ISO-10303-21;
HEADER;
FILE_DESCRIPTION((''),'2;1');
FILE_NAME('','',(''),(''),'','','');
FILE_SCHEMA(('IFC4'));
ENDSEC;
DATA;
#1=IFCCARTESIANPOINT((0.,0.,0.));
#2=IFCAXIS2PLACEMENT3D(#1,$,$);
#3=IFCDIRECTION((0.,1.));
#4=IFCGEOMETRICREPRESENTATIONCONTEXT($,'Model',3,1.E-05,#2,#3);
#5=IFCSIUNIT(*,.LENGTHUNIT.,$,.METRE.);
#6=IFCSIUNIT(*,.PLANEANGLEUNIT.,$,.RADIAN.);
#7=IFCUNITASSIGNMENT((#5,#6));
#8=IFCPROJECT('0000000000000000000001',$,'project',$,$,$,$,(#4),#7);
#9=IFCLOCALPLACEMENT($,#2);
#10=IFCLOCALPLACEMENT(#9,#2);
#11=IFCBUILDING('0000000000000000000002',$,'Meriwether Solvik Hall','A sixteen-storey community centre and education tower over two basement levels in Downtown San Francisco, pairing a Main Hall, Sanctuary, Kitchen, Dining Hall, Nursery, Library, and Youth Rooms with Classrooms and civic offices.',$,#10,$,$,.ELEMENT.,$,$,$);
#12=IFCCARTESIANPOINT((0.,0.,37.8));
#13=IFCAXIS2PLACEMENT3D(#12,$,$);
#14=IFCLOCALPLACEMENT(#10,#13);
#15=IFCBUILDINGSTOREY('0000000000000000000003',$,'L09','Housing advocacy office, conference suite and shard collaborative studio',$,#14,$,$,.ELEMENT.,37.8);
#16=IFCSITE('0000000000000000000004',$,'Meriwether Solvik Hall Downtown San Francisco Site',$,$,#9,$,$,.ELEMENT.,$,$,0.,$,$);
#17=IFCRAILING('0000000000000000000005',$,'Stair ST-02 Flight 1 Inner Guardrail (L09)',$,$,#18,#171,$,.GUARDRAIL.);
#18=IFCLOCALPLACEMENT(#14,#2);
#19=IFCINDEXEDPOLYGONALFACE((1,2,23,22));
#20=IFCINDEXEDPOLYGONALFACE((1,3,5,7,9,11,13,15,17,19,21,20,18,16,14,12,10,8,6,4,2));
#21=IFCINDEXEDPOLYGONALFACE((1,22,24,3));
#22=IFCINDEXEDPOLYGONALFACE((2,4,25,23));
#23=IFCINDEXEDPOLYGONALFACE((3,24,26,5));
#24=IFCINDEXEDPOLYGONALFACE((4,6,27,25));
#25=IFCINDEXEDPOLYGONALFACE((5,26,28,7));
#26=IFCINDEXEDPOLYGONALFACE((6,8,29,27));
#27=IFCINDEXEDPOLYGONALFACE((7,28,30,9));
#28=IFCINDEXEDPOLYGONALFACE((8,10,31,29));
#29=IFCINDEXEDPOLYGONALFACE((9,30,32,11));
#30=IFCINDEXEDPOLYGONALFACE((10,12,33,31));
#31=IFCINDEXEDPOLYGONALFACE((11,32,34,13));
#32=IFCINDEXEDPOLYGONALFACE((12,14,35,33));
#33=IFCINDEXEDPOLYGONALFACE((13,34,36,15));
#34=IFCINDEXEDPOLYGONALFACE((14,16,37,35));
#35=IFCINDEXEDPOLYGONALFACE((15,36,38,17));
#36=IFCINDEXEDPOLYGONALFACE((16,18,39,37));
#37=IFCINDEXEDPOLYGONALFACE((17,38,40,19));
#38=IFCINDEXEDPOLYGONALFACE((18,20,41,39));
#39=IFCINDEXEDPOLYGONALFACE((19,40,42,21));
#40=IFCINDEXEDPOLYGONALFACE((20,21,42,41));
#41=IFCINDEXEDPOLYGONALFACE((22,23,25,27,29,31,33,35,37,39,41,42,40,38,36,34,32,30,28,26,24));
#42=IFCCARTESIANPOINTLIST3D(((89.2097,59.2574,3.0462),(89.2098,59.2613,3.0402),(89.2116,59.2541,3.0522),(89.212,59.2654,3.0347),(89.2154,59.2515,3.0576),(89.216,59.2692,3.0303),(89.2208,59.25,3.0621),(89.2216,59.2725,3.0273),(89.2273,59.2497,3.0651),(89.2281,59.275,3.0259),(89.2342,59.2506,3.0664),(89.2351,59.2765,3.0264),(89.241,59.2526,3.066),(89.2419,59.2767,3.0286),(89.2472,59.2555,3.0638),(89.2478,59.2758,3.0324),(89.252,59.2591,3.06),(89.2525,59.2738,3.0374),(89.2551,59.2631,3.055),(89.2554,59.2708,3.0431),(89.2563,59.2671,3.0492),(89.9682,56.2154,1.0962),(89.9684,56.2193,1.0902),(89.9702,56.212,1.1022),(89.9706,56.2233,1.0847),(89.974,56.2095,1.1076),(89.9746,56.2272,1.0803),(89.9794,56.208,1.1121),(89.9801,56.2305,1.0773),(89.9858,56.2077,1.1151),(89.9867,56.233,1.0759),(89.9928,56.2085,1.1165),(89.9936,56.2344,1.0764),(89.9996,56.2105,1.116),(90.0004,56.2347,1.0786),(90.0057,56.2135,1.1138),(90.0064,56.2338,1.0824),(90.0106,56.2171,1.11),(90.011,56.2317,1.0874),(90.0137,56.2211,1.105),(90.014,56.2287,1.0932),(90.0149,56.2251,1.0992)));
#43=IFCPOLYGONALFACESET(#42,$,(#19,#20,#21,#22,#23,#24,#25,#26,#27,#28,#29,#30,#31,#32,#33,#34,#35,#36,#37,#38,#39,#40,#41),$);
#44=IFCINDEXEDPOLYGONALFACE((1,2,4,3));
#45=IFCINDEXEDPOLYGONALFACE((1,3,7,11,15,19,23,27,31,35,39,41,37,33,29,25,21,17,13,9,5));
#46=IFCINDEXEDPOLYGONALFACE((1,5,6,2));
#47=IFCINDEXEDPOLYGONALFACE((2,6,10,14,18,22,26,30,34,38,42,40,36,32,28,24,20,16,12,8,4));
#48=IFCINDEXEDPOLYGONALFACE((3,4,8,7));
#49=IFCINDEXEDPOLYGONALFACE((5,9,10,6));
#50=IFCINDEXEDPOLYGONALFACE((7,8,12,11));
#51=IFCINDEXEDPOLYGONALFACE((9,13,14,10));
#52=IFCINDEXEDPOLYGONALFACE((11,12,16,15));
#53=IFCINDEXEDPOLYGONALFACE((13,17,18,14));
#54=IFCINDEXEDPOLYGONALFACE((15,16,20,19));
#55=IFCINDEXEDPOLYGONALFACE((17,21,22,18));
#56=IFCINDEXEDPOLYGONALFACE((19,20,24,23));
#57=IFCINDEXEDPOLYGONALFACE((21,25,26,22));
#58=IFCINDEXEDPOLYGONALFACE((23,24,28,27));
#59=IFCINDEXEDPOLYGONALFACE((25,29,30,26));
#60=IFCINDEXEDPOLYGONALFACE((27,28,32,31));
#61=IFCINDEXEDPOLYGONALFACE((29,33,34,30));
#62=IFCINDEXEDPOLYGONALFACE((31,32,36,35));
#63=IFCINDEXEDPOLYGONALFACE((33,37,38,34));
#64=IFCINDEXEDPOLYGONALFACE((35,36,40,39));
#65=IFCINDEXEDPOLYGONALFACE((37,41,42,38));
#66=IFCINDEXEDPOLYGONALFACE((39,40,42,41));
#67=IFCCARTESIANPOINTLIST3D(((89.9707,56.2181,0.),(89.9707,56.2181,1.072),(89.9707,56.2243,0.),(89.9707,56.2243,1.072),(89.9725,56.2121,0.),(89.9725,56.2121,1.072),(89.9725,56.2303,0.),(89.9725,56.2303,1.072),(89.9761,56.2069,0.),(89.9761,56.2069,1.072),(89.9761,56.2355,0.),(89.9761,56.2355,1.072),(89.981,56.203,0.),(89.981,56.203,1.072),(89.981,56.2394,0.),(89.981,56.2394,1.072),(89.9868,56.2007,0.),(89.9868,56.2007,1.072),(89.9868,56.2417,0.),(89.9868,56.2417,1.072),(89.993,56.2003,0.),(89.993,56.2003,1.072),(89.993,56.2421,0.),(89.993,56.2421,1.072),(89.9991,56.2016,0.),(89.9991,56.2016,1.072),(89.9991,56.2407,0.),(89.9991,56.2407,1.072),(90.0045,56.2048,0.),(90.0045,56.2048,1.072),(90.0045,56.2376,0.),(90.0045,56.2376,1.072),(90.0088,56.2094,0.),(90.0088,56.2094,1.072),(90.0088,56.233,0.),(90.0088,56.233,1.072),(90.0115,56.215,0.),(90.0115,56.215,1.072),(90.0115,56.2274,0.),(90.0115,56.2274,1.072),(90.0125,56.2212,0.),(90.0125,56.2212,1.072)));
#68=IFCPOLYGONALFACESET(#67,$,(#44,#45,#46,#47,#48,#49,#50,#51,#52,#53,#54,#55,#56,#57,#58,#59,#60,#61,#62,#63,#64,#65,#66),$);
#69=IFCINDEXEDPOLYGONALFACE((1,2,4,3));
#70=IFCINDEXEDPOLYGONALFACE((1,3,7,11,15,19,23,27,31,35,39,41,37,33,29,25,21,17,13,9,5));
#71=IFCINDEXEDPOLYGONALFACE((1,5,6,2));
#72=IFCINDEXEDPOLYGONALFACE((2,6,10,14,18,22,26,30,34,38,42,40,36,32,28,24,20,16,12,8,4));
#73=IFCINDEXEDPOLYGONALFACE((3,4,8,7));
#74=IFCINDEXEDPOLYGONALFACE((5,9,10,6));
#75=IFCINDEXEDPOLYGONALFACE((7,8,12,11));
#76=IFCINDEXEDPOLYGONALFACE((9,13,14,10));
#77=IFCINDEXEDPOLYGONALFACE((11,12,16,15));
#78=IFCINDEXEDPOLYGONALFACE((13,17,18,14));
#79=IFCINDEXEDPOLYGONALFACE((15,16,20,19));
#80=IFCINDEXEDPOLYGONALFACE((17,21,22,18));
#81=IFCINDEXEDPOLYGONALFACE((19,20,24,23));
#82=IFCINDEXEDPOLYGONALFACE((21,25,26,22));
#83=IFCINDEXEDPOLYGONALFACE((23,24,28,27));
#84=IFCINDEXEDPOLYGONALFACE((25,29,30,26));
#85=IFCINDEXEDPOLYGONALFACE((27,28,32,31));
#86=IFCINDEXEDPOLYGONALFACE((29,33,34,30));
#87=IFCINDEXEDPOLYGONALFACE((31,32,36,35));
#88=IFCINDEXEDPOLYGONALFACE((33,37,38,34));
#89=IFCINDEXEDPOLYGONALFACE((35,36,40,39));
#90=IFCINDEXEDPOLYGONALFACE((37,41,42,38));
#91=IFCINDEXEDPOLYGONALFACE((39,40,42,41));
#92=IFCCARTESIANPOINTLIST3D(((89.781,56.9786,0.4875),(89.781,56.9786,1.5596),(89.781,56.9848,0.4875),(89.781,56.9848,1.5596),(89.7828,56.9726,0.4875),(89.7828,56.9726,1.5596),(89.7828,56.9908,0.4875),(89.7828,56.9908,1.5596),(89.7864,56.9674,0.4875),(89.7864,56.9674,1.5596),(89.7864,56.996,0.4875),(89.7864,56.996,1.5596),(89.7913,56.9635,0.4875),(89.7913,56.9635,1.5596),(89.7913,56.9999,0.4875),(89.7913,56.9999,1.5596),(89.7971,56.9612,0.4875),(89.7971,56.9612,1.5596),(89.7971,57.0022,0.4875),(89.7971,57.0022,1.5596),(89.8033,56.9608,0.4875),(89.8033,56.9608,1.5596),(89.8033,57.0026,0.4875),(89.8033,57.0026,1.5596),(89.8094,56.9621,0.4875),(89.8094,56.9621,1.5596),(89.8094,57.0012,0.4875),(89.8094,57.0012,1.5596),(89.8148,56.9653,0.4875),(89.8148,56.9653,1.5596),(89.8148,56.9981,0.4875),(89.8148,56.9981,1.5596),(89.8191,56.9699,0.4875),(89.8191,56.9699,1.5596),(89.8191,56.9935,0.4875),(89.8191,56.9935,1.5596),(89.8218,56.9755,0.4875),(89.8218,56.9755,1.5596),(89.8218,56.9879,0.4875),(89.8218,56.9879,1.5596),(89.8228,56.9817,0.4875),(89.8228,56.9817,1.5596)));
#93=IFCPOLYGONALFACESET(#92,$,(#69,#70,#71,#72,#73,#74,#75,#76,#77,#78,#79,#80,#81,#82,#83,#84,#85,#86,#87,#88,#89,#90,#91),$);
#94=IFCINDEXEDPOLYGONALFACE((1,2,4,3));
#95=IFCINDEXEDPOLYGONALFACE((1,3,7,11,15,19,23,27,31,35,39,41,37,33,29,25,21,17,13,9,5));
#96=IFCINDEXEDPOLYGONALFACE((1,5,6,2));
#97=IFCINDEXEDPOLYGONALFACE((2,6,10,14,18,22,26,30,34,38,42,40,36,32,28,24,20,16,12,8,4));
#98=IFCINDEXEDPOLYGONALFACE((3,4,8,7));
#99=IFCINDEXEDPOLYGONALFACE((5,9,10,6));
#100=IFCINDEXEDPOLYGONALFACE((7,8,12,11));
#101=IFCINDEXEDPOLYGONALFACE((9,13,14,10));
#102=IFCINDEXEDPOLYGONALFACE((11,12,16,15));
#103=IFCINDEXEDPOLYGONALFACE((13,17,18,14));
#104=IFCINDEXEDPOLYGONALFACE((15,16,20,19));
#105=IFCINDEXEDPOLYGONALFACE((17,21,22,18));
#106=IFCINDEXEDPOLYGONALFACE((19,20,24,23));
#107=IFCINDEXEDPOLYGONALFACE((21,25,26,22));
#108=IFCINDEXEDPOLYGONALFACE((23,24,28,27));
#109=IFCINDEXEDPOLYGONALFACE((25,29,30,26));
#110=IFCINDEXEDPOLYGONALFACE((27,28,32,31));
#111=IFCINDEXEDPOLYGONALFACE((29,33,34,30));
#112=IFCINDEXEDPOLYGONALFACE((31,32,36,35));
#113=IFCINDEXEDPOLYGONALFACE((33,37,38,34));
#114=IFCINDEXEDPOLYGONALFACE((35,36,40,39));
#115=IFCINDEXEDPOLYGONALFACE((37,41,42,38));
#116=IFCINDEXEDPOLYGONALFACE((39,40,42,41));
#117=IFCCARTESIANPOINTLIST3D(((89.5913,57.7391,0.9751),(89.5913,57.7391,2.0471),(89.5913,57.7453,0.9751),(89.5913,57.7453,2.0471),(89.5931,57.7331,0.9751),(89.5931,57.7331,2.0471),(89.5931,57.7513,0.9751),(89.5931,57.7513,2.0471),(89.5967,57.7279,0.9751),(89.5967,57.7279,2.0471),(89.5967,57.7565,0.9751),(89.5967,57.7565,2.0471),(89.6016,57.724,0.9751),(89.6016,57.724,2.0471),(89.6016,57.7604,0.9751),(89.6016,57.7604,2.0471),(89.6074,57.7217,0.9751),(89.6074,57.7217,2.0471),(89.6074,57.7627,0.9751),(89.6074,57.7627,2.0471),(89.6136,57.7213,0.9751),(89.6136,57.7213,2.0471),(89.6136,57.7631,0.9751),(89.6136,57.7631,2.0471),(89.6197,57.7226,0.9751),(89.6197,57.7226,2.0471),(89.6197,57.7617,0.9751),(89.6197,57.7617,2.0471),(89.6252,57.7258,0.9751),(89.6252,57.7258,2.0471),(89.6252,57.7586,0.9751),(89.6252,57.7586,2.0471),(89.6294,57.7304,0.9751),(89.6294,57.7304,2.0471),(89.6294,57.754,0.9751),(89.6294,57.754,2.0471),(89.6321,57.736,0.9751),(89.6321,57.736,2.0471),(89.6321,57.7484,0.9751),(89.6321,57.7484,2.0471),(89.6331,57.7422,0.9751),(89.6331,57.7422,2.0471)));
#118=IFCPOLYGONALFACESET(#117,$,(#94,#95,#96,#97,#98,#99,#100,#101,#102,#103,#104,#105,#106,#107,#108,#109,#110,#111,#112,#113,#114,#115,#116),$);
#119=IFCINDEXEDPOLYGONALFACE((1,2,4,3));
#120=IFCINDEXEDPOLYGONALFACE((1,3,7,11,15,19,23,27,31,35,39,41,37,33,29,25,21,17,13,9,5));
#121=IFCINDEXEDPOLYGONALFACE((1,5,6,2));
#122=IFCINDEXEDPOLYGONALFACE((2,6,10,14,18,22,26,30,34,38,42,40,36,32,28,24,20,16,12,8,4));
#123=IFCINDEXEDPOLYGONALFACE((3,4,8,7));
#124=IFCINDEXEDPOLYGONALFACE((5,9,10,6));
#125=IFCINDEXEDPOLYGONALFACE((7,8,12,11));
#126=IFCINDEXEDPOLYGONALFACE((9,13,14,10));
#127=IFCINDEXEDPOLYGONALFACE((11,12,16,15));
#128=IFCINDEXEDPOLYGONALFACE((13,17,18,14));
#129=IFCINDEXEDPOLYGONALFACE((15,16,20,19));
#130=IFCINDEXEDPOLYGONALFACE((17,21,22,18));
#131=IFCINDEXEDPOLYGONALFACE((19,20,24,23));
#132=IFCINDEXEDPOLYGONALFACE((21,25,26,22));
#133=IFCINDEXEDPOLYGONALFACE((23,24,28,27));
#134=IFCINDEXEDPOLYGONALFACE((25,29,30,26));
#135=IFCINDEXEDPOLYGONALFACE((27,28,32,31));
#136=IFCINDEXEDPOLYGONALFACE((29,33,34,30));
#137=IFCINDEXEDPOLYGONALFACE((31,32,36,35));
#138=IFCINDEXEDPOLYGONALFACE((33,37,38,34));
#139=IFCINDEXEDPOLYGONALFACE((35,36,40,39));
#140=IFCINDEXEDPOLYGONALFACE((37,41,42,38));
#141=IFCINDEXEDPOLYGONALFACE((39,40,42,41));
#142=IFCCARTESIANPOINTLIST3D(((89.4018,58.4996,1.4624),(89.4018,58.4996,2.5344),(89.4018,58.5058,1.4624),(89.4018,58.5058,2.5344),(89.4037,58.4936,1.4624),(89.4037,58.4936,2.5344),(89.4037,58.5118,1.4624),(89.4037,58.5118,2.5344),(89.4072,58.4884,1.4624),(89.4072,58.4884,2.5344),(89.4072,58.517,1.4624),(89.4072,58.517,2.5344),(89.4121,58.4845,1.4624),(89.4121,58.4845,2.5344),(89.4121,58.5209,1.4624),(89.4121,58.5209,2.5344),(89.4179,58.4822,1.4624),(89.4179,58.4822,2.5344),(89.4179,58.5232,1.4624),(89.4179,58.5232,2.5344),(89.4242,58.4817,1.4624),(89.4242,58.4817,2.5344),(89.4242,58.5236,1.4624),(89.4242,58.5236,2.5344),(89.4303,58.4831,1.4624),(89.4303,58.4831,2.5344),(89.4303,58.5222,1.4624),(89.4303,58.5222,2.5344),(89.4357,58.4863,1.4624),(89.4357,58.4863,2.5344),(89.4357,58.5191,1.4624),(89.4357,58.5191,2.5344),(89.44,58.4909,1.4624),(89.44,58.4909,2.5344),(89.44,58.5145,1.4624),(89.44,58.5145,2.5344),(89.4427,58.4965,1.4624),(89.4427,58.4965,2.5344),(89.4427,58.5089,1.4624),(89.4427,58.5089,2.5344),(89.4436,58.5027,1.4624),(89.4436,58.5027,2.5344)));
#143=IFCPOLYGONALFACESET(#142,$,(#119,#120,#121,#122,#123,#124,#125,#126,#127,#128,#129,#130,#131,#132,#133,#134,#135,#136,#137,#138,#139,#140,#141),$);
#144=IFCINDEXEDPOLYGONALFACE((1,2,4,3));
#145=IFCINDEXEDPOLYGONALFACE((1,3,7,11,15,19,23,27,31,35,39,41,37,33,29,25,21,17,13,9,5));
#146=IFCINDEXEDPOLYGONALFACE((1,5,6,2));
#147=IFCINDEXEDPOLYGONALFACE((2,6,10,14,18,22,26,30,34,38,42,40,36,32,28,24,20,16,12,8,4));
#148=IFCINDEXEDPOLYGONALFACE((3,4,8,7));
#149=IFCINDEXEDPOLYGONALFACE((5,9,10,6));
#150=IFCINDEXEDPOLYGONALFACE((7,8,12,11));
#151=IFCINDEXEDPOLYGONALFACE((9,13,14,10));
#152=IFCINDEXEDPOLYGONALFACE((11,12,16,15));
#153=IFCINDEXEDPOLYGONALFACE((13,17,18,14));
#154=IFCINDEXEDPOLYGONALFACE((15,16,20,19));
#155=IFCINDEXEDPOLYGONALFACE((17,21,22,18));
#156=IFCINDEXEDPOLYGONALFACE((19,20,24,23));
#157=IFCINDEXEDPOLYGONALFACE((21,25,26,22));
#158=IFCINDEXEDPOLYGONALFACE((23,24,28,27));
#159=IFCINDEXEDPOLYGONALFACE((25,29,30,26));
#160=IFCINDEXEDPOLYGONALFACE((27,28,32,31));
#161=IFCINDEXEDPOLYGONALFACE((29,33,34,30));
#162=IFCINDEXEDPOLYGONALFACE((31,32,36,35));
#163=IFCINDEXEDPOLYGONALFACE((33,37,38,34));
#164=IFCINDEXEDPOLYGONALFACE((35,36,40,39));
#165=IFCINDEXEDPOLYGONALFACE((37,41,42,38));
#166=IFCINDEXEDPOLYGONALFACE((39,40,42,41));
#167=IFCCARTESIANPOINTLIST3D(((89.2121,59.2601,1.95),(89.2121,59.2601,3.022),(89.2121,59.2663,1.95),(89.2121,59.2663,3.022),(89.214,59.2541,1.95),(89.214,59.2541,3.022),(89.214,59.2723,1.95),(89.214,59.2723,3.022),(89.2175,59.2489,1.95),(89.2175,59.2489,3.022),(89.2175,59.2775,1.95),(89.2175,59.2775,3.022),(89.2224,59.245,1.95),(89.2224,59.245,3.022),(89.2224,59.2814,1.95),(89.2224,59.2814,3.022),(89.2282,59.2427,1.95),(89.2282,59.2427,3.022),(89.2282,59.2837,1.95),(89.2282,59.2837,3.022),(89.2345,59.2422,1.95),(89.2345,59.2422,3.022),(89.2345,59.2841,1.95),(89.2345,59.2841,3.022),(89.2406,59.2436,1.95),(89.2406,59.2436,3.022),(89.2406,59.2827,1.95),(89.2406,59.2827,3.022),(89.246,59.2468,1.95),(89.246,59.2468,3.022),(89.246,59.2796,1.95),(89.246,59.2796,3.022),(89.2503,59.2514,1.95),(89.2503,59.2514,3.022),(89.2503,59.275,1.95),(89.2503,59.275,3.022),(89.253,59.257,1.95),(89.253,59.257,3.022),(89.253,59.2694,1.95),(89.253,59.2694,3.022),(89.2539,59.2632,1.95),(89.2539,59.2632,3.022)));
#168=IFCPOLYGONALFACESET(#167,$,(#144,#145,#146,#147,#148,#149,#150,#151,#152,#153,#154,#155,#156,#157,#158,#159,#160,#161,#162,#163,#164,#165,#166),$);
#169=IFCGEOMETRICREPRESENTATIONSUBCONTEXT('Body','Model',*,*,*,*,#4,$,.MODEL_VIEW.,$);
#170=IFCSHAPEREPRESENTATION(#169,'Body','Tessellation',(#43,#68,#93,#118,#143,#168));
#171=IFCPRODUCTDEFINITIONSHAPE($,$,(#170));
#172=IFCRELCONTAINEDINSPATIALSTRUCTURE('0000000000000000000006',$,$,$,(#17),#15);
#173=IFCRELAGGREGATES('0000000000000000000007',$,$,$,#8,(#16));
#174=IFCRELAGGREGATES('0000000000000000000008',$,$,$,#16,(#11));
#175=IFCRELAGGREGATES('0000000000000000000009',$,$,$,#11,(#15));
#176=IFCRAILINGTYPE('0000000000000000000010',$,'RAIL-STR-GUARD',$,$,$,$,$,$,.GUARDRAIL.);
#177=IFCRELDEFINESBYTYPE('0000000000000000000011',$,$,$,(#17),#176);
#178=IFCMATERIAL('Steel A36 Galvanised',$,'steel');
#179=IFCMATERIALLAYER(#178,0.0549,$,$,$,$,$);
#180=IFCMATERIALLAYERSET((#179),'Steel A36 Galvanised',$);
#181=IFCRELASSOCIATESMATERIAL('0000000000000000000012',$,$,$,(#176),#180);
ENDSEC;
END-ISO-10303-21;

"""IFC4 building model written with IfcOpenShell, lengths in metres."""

from ifc_helpers import new_model, si_unit, direction, frame, origin, origin_2d, place, context, subcontext, project, spatial, circle, extrude, material, layer, layer_set, type_object, element, save


model = new_model("IFC4")

# Units and contexts
model_context = context("Model", 3, precision=1e-05, world=origin(), true_north=direction((0.0, 1.0)))
body_context = subcontext(model_context, "Body", "Model", "MODEL_VIEW")
ifc_project = project(units=[si_unit("LENGTHUNIT", "METRE"), si_unit("PLANEANGLEUNIT", "RADIAN")], contexts=[model_context])

# Site, building, storey
site_placement = place(None, origin())
site = spatial("IfcSite", under=ifc_project, at=site_placement, Name="Meriwether Solvik Hall Downtown San Francisco Site", CompositionType="ELEMENT", RefElevation=0.0)
building_placement = place(site_placement, origin())
building = spatial("IfcBuilding", under=site, at=building_placement, Name="Meriwether Solvik Hall", Description="A sixteen-storey community centre and education tower over two basement levels in Downtown San Francisco, pairing a Main Hall, Sanctuary, Kitchen, Dining Hall, Nursery, Library, and Youth Rooms with Classrooms and civic offices.", CompositionType="ELEMENT")
storey_placement = place(building_placement, frame((0.0, 0.0, 37.8)))
storey = spatial("IfcBuildingStorey", under=building, at=storey_placement, Name="L09", Description="Housing advocacy office, conference suite and shard collaborative studio", CompositionType="ELEMENT", Elevation=37.8)

# Railing
ifc_material_1 = material(Name="Steel A36 Galvanised", Category="steel")
ifc_layer_1 = layer(ifc_material_1, 0.0549)
ifc_layer_set_1 = layer_set([ifc_layer_1], Name="Steel A36 Galvanised")
railing_type_1 = type_object("IfcRailingType", Name="RAIL-STR-GUARD", PredefinedType="GUARDRAIL", material=ifc_layer_set_1)
railing_1_placement = place(storey_placement, frame((89.9915, 56.2212, 0.0)))
element("IfcRailing", 1, at=railing_1_placement, inside=storey, type_object=railing_type_1, Name="Stair ST-02 Flight 1 Inner Guardrail (L09)", PredefinedType="GUARDRAIL", context=body_context, shape_type="SweptSolid", body=[
    extrude(circle(Radius=0.0239, at=origin_2d()), frame((0.0, 0.0, 1.0962), z_axis=(-0.205452, 0.823925, 0.528145), x_axis=(-0.970289, -0.241949, 0.0)), (0.0, 0.0, 1.0), 3.6921),
    extrude(circle(Radius=0.021, at=origin_2d()), origin(), (0.0, 0.0, 1.0), 1.072),
    extrude(circle(Radius=0.021, at=origin_2d()), frame((-0.1897, 0.7605, 0.4875)), (0.0, 0.0, 1.0), 1.072),
    extrude(circle(Radius=0.021, at=origin_2d()), frame((-0.3794, 1.521, 0.9751)), (0.0, 0.0, 1.0), 1.072),
    extrude(circle(Radius=0.021, at=origin_2d()), frame((-0.5688, 2.2815, 1.4624)), (0.0, 0.0, 1.0), 1.072),
    extrude(circle(Radius=0.021, at=origin_2d()), frame((-0.7585, 3.042, 1.95)), (0.0, 0.0, 1.0), 1.072),
])

save(model, "model.ifc")
